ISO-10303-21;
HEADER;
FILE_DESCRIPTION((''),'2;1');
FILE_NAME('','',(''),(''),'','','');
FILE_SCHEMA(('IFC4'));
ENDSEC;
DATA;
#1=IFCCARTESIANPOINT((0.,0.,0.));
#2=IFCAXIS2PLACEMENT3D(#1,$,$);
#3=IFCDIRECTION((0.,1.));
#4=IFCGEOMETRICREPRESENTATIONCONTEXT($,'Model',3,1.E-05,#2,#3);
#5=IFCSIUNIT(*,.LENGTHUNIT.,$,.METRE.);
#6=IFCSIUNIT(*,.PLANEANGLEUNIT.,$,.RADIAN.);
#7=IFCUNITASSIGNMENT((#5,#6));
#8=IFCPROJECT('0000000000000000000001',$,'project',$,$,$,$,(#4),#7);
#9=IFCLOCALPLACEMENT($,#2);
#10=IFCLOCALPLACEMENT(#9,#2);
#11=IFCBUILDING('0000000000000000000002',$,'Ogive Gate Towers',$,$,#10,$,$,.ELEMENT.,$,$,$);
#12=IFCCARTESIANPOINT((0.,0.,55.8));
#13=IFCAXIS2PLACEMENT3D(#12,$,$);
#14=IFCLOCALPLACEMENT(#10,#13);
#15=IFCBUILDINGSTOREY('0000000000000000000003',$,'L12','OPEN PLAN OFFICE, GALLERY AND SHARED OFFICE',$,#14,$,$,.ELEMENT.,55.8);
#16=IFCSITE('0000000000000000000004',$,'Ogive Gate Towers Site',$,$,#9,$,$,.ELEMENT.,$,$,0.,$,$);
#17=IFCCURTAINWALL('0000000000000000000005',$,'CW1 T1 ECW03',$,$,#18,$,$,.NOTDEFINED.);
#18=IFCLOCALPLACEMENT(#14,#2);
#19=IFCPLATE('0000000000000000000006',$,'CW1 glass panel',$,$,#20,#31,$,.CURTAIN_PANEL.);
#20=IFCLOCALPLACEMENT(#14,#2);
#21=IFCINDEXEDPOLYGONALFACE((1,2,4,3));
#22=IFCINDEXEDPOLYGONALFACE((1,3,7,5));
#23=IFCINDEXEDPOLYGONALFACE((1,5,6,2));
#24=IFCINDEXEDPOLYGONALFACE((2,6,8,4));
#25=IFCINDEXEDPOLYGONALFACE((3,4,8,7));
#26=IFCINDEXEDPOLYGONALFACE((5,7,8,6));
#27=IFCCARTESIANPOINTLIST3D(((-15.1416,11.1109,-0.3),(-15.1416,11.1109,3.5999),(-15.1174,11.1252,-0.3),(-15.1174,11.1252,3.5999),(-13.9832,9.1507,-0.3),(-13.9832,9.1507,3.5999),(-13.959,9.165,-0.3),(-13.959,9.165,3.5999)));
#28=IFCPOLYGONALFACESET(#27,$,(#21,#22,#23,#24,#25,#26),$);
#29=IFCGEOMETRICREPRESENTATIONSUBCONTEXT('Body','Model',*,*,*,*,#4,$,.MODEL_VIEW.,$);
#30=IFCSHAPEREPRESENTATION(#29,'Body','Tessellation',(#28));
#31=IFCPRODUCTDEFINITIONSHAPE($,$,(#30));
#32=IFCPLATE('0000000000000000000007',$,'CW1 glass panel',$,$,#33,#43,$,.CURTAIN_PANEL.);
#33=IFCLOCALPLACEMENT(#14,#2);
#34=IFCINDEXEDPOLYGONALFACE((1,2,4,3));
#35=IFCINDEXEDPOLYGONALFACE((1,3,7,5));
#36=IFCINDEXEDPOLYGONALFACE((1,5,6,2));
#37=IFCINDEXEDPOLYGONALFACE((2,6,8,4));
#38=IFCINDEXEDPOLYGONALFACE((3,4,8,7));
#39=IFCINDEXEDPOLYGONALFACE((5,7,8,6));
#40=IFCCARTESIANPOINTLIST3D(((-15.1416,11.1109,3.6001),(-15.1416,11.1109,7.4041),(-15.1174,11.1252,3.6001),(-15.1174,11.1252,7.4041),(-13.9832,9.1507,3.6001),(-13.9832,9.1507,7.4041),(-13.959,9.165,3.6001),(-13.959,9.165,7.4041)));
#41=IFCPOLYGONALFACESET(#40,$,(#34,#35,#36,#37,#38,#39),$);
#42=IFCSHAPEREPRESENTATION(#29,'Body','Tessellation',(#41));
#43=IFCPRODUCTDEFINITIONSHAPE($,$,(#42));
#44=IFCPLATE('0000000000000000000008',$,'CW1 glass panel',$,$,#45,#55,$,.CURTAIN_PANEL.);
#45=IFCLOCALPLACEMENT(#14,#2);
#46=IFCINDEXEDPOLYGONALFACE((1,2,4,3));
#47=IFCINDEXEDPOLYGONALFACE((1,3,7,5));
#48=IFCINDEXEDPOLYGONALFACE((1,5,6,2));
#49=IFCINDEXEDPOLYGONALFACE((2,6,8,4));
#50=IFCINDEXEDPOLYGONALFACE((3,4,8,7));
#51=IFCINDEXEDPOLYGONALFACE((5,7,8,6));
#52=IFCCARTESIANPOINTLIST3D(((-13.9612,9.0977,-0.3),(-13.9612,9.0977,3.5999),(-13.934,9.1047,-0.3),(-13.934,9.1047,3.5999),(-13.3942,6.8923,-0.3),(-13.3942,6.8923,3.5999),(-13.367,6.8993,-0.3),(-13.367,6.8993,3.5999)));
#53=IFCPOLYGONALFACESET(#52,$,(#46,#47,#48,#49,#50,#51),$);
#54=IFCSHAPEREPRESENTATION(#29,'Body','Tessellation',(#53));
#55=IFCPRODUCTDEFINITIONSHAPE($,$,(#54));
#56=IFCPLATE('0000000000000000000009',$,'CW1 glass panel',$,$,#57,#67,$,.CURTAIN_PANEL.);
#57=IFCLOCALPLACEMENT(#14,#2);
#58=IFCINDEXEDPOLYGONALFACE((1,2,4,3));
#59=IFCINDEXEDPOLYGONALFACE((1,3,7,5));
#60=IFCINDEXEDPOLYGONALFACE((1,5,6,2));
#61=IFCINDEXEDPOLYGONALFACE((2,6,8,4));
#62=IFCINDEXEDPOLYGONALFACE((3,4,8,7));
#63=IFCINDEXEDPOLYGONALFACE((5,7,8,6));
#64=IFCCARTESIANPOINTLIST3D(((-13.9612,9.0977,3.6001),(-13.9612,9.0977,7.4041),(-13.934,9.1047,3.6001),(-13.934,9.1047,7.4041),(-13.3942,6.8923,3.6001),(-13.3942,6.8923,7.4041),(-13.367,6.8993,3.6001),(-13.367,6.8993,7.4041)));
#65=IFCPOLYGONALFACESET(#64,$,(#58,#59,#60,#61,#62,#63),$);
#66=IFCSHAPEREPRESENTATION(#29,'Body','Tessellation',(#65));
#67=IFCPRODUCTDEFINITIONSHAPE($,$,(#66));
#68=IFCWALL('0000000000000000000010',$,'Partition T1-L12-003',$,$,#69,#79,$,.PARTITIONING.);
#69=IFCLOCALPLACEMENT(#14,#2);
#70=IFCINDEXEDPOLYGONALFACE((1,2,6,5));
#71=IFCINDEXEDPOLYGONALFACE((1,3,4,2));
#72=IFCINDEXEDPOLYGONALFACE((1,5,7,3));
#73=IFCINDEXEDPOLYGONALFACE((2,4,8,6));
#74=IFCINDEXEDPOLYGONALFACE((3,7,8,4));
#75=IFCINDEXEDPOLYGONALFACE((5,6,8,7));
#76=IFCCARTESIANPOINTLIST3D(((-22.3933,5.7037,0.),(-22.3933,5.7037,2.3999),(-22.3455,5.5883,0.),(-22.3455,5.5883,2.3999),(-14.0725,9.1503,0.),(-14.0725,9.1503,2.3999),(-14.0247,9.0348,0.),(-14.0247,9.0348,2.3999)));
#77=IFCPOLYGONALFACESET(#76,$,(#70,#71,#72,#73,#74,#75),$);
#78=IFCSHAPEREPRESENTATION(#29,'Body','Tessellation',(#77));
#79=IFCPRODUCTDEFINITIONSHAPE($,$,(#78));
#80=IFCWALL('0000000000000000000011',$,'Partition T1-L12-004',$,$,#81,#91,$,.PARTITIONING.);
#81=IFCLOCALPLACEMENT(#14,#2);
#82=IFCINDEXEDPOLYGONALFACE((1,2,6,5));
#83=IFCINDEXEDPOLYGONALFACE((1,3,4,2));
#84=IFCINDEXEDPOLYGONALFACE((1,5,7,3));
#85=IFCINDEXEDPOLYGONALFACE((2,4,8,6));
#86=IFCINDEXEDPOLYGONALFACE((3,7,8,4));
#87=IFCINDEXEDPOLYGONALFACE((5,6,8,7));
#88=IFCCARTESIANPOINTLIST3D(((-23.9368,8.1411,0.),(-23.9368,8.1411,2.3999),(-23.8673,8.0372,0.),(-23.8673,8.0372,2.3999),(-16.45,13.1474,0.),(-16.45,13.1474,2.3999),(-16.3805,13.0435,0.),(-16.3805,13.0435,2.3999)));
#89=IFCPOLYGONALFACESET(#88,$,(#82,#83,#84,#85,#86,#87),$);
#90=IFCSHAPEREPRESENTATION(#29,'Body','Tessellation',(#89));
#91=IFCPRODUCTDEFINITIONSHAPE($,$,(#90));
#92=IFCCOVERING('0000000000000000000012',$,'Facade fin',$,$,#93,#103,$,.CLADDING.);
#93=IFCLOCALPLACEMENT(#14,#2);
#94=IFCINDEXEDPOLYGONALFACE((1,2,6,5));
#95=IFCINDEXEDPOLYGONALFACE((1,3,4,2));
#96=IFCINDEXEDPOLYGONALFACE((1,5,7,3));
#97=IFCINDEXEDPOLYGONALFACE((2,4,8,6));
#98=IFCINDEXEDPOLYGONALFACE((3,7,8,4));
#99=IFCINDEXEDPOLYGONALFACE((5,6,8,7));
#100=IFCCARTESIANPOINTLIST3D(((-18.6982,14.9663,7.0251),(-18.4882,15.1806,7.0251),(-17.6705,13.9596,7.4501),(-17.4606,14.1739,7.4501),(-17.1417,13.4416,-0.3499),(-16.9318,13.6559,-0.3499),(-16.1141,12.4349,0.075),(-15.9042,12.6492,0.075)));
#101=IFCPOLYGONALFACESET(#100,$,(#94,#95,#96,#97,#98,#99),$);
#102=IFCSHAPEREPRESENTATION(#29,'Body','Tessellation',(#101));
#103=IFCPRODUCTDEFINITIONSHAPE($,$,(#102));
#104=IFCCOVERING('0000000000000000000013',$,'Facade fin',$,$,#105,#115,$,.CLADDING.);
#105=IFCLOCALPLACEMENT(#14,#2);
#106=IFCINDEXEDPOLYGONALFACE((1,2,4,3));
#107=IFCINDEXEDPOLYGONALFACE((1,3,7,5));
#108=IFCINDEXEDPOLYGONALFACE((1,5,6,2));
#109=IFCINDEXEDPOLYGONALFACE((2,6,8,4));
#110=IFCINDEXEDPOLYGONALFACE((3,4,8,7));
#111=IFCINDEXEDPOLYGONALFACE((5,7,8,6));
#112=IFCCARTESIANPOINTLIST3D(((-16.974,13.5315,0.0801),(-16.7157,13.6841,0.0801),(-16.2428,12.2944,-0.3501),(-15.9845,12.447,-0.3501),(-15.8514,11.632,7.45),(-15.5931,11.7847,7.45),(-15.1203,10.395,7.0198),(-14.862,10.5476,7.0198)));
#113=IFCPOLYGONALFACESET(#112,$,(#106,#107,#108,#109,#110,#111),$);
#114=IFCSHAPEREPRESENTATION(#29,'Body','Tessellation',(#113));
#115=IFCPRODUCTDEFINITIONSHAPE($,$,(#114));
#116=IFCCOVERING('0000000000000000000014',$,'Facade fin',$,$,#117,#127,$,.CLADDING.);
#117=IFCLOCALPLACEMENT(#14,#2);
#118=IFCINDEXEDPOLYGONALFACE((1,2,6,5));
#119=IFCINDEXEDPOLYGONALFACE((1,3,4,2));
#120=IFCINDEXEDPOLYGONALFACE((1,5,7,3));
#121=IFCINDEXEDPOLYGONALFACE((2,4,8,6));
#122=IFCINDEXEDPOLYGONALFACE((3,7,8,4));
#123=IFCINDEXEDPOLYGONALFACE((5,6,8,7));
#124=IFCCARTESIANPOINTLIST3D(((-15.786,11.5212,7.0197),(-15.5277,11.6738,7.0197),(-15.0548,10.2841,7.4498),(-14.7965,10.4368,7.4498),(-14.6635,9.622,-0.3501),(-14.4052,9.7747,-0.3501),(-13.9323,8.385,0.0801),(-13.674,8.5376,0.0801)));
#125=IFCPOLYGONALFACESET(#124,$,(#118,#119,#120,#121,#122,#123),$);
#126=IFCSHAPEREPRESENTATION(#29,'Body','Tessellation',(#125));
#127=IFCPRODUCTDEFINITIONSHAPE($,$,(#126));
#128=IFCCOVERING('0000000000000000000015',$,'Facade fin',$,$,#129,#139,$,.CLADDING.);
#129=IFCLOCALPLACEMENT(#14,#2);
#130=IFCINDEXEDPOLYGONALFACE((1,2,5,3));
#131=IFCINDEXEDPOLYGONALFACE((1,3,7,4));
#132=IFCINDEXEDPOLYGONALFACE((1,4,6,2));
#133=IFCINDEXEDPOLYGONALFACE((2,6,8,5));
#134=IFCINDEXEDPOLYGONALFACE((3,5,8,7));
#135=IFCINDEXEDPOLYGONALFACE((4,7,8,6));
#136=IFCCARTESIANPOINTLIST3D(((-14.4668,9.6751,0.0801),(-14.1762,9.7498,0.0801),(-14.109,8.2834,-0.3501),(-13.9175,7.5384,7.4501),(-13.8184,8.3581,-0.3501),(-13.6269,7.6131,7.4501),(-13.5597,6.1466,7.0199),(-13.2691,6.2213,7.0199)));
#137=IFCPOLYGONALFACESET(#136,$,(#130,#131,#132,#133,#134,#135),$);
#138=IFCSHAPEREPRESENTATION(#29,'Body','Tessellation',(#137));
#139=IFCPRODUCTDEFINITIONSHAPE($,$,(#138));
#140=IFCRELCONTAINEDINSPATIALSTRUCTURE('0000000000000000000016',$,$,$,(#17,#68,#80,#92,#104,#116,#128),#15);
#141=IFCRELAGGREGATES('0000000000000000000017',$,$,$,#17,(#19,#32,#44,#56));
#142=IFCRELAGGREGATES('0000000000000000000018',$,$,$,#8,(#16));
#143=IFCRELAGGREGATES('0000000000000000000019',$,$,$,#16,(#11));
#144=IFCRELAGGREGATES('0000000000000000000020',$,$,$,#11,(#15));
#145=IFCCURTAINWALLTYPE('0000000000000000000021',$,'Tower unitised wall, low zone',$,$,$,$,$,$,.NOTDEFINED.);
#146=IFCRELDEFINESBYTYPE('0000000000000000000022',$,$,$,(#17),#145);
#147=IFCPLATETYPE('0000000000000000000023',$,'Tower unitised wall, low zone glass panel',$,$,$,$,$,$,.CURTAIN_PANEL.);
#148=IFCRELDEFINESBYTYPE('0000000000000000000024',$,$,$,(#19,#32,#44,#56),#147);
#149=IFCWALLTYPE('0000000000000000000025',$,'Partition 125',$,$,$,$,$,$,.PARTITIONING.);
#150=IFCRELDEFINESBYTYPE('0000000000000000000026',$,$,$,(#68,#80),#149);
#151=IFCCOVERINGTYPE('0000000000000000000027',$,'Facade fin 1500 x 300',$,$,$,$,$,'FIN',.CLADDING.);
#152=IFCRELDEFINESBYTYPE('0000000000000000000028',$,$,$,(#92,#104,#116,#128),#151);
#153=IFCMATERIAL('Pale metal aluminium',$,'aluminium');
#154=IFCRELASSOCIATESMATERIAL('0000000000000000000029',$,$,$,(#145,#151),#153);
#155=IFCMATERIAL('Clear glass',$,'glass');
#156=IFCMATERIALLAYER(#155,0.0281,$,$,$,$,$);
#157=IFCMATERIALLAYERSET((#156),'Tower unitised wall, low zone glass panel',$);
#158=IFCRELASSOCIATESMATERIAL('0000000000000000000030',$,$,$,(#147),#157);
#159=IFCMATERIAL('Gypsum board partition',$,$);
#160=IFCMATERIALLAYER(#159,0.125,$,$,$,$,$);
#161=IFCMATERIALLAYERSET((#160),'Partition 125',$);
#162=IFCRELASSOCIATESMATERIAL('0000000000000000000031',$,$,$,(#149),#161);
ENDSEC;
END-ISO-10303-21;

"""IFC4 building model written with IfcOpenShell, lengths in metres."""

from ifc_helpers import new_model, si_unit, direction, frame, frame_2d, origin, origin_2d, place, context, subcontext, project, spatial, rectangle, extrude, material, layer, layer_set, material_profile, profile_set, type_object, element, aggregate, save


model = new_model("IFC4")

# Units and contexts
model_context = context("Model", 3, precision=1e-05, world=origin(), true_north=direction((0.0, 1.0)))
body_context = subcontext(model_context, "Body", "Model", "MODEL_VIEW")
ifc_project = project(units=[si_unit("LENGTHUNIT", "METRE"), si_unit("PLANEANGLEUNIT", "RADIAN")], contexts=[model_context])

# Site, building, storey
site_placement = place(None, origin())
site = spatial("IfcSite", under=ifc_project, at=site_placement, Name="Ogive Gate Towers Site", CompositionType="ELEMENT", RefElevation=0.0)
building_placement = place(site_placement, origin())
building = spatial("IfcBuilding", under=site, at=building_placement, Name="Ogive Gate Towers", CompositionType="ELEMENT")
storey_placement = place(building_placement, frame((0.0, 0.0, 55.8)))
storey = spatial("IfcBuildingStorey", under=building, at=storey_placement, Name="L12", Description="OPEN PLAN OFFICE, GALLERY AND SHARED OFFICE", CompositionType="ELEMENT", Elevation=55.8)

# Curtain wall, plates
ifc_material_1 = material(Name="Pale metal aluminium", Category="aluminium")
curtain_wall_type = type_object("IfcCurtainWallType", Name="Tower unitised wall, low zone", PredefinedType="NOTDEFINED", material=ifc_material_1)
curtain_wall_placement = place(storey_placement, origin())
curtain_wall = element("IfcCurtainWall", 1, at=curtain_wall_placement, inside=storey, type_object=curtain_wall_type, Name="CW1 T1 ECW03", PredefinedType="NOTDEFINED")
ifc_material_2 = material(Name="Clear glass", Category="glass")
ifc_layer_1 = layer(ifc_material_2, 0.0281)
ifc_layer_set_1 = layer_set([ifc_layer_1], Name="Tower unitised wall, low zone glass panel")
plate_type = type_object("IfcPlateType", Name="Tower unitised wall, low zone glass panel", PredefinedType="CURTAIN_PANEL", material=ifc_layer_set_1)
plate_1_placement = place(storey_placement, frame((-14.5503, 10.1379, -0.3), z_axis=(0.0, 0.0, 1.0), x_axis=(0.508771, -0.860902, 0.0)))
plate_1 = element("IfcPlate", 2, at=plate_1_placement, type_object=plate_type, Name="CW1 glass panel", PredefinedType="CURTAIN_PANEL", context=body_context, shape_type="SweptSolid", body=[
    extrude(rectangle(XDim=2.2769, YDim=0.0281, at=origin_2d()), origin(), (0.0, 0.0, 1.0), 3.8999),
])
plate_2_placement = place(storey_placement, frame((-14.5503, 10.1379, 3.6001), z_axis=(0.0, 0.0, 1.0), x_axis=(0.508771, -0.860902, 0.0)))
plate_2 = element("IfcPlate", 3, at=plate_2_placement, type_object=plate_type, Name="CW1 glass panel", PredefinedType="CURTAIN_PANEL", context=body_context, shape_type="SweptSolid", body=[
    extrude(rectangle(XDim=2.2769, YDim=0.0281, at=origin_2d()), origin(), (0.0, 0.0, 1.0), 3.804),
])
plate_3_placement = place(storey_placement, frame((-13.6641, 7.9985, -0.3), z_axis=(0.0, 0.0, 1.0), x_axis=(0.248994, -0.968505, 0.0)))
plate_3 = element("IfcPlate", 4, at=plate_3_placement, type_object=plate_type, Name="CW1 glass panel", PredefinedType="CURTAIN_PANEL", context=body_context, shape_type="SweptSolid", body=[
    extrude(rectangle(XDim=2.2771, YDim=0.0281, at=origin_2d()), origin(), (0.0, 0.0, 1.0), 3.8999),
])
plate_4_placement = place(storey_placement, frame((-13.6641, 7.9985, 3.6001), z_axis=(0.0, 0.0, 1.0), x_axis=(0.248994, -0.968505, 0.0)))
plate_4 = element("IfcPlate", 5, at=plate_4_placement, type_object=plate_type, Name="CW1 glass panel", PredefinedType="CURTAIN_PANEL", context=body_context, shape_type="SweptSolid", body=[
    extrude(rectangle(XDim=2.2771, YDim=0.0281, at=origin_2d()), origin(), (0.0, 0.0, 1.0), 3.804),
])
aggregate(curtain_wall, [plate_1, plate_2, plate_3, plate_4])

# Walls
ifc_material_3 = material(Name="Gypsum board partition")
ifc_layer_2 = layer(ifc_material_3, 0.125)
ifc_layer_set_2 = layer_set([ifc_layer_2], Name="Partition 125")
wall_type = type_object("IfcWallType", Name="Partition 125", PredefinedType="PARTITIONING", material=ifc_layer_set_2)
for number, where, z_axis, x_axis, name in (
    (6, (-14.0486, 9.0925, 0.0), (0.0, 0.0, 1.0), (-0.923882, -0.382678, 0.0), "Partition T1-L12-003"),
    (7, (-16.4153, 13.0955, 0.0), (0.0, 0.0, 1.0), (-0.831274, -0.555863, 0.0), "Partition T1-L12-004"),
):
    element("IfcWall", number, at=place(storey_placement, frame(where, z_axis=z_axis, x_axis=x_axis)), inside=storey, type_object=wall_type, Name=name, PredefinedType="PARTITIONING", context=body_context, shape_type="SweptSolid", body=[
        extrude(rectangle(XDim=9.0063, YDim=0.125, at=frame_2d((4.5032, 0.0))), origin(), (0.0, 0.0, 1.0), 2.3999),
    ])

# Coverings
ifc_material_profile_1 = material_profile(ifc_material_1, rectangle(XDim=0.3, YDim=1.5, at=origin_2d()), Name="1500 x 300 pale metal aluminium")
ifc_profile_set_1 = profile_set([ifc_material_profile_1], Name="Pale metal aluminium")
covering_type = type_object("IfcCoveringType", Name="Facade fin 1500 x 300", ElementType="FIN", PredefinedType="CLADDING", material=ifc_profile_set_1)
covering_1_placement = place(storey_placement, frame((-16.5229, 13.0454, -0.1375), z_axis=(-0.20239, 0.198263, 0.959026), x_axis=(-0.699786, -0.714353, 0.0)))
element("IfcCovering", 8, at=covering_1_placement, inside=storey, type_object=covering_type, Name="Facade fin", PredefinedType="CLADDING", context=body_context, shape_type="SweptSolid", body=[
    extrude(rectangle(XDim=0.3, YDim=1.5, at=origin_2d()), origin(), (0.0, 0.0, 1.0), 7.6902),
])
covering_2_placement = place(storey_placement, frame((-16.4792, 12.9893, -0.135), z_axis=(0.145919, -0.2469, 0.957992), x_axis=(0.860891, 0.508789, 0.0)))
element("IfcCovering", 9, at=covering_2_placement, inside=storey, type_object=covering_type, Name="Facade fin", PredefinedType="CLADDING", context=body_context, shape_type="SweptSolid", body=[
    extrude(rectangle(XDim=0.3, YDim=1.5, at=origin_2d()), origin(), (0.0, 0.0, 1.0), 7.6931),
])
covering_3_placement = place(storey_placement, frame((-14.1687, 9.0798, -0.135), z_axis=(-0.14592, 0.24687, 0.957999), x_axis=(-0.860863, -0.508837, 0.0)))
element("IfcCovering", 10, at=covering_3_placement, inside=storey, type_object=covering_type, Name="Facade fin", PredefinedType="CLADDING", context=body_context, shape_type="SweptSolid", body=[
    extrude(rectangle(XDim=0.3, YDim=1.5, at=origin_2d()), origin(), (0.0, 0.0, 1.0), 7.6929),
])
covering_4_placement = place(storey_placement, frame((-14.1426, 9.0166, -0.135), z_axis=(0.071405, -0.277748, 0.957997), x_axis=(0.968507, 0.248988, 0.0)))
element("IfcCovering", 11, at=covering_4_placement, inside=storey, type_object=covering_type, Name="Facade fin", PredefinedType="CLADDING", context=body_context, shape_type="SweptSolid", body=[
    extrude(rectangle(XDim=0.3, YDim=1.5, at=origin_2d()), origin(), (0.0, 0.0, 1.0), 7.6931),
])

save(model, "model.ifc")
